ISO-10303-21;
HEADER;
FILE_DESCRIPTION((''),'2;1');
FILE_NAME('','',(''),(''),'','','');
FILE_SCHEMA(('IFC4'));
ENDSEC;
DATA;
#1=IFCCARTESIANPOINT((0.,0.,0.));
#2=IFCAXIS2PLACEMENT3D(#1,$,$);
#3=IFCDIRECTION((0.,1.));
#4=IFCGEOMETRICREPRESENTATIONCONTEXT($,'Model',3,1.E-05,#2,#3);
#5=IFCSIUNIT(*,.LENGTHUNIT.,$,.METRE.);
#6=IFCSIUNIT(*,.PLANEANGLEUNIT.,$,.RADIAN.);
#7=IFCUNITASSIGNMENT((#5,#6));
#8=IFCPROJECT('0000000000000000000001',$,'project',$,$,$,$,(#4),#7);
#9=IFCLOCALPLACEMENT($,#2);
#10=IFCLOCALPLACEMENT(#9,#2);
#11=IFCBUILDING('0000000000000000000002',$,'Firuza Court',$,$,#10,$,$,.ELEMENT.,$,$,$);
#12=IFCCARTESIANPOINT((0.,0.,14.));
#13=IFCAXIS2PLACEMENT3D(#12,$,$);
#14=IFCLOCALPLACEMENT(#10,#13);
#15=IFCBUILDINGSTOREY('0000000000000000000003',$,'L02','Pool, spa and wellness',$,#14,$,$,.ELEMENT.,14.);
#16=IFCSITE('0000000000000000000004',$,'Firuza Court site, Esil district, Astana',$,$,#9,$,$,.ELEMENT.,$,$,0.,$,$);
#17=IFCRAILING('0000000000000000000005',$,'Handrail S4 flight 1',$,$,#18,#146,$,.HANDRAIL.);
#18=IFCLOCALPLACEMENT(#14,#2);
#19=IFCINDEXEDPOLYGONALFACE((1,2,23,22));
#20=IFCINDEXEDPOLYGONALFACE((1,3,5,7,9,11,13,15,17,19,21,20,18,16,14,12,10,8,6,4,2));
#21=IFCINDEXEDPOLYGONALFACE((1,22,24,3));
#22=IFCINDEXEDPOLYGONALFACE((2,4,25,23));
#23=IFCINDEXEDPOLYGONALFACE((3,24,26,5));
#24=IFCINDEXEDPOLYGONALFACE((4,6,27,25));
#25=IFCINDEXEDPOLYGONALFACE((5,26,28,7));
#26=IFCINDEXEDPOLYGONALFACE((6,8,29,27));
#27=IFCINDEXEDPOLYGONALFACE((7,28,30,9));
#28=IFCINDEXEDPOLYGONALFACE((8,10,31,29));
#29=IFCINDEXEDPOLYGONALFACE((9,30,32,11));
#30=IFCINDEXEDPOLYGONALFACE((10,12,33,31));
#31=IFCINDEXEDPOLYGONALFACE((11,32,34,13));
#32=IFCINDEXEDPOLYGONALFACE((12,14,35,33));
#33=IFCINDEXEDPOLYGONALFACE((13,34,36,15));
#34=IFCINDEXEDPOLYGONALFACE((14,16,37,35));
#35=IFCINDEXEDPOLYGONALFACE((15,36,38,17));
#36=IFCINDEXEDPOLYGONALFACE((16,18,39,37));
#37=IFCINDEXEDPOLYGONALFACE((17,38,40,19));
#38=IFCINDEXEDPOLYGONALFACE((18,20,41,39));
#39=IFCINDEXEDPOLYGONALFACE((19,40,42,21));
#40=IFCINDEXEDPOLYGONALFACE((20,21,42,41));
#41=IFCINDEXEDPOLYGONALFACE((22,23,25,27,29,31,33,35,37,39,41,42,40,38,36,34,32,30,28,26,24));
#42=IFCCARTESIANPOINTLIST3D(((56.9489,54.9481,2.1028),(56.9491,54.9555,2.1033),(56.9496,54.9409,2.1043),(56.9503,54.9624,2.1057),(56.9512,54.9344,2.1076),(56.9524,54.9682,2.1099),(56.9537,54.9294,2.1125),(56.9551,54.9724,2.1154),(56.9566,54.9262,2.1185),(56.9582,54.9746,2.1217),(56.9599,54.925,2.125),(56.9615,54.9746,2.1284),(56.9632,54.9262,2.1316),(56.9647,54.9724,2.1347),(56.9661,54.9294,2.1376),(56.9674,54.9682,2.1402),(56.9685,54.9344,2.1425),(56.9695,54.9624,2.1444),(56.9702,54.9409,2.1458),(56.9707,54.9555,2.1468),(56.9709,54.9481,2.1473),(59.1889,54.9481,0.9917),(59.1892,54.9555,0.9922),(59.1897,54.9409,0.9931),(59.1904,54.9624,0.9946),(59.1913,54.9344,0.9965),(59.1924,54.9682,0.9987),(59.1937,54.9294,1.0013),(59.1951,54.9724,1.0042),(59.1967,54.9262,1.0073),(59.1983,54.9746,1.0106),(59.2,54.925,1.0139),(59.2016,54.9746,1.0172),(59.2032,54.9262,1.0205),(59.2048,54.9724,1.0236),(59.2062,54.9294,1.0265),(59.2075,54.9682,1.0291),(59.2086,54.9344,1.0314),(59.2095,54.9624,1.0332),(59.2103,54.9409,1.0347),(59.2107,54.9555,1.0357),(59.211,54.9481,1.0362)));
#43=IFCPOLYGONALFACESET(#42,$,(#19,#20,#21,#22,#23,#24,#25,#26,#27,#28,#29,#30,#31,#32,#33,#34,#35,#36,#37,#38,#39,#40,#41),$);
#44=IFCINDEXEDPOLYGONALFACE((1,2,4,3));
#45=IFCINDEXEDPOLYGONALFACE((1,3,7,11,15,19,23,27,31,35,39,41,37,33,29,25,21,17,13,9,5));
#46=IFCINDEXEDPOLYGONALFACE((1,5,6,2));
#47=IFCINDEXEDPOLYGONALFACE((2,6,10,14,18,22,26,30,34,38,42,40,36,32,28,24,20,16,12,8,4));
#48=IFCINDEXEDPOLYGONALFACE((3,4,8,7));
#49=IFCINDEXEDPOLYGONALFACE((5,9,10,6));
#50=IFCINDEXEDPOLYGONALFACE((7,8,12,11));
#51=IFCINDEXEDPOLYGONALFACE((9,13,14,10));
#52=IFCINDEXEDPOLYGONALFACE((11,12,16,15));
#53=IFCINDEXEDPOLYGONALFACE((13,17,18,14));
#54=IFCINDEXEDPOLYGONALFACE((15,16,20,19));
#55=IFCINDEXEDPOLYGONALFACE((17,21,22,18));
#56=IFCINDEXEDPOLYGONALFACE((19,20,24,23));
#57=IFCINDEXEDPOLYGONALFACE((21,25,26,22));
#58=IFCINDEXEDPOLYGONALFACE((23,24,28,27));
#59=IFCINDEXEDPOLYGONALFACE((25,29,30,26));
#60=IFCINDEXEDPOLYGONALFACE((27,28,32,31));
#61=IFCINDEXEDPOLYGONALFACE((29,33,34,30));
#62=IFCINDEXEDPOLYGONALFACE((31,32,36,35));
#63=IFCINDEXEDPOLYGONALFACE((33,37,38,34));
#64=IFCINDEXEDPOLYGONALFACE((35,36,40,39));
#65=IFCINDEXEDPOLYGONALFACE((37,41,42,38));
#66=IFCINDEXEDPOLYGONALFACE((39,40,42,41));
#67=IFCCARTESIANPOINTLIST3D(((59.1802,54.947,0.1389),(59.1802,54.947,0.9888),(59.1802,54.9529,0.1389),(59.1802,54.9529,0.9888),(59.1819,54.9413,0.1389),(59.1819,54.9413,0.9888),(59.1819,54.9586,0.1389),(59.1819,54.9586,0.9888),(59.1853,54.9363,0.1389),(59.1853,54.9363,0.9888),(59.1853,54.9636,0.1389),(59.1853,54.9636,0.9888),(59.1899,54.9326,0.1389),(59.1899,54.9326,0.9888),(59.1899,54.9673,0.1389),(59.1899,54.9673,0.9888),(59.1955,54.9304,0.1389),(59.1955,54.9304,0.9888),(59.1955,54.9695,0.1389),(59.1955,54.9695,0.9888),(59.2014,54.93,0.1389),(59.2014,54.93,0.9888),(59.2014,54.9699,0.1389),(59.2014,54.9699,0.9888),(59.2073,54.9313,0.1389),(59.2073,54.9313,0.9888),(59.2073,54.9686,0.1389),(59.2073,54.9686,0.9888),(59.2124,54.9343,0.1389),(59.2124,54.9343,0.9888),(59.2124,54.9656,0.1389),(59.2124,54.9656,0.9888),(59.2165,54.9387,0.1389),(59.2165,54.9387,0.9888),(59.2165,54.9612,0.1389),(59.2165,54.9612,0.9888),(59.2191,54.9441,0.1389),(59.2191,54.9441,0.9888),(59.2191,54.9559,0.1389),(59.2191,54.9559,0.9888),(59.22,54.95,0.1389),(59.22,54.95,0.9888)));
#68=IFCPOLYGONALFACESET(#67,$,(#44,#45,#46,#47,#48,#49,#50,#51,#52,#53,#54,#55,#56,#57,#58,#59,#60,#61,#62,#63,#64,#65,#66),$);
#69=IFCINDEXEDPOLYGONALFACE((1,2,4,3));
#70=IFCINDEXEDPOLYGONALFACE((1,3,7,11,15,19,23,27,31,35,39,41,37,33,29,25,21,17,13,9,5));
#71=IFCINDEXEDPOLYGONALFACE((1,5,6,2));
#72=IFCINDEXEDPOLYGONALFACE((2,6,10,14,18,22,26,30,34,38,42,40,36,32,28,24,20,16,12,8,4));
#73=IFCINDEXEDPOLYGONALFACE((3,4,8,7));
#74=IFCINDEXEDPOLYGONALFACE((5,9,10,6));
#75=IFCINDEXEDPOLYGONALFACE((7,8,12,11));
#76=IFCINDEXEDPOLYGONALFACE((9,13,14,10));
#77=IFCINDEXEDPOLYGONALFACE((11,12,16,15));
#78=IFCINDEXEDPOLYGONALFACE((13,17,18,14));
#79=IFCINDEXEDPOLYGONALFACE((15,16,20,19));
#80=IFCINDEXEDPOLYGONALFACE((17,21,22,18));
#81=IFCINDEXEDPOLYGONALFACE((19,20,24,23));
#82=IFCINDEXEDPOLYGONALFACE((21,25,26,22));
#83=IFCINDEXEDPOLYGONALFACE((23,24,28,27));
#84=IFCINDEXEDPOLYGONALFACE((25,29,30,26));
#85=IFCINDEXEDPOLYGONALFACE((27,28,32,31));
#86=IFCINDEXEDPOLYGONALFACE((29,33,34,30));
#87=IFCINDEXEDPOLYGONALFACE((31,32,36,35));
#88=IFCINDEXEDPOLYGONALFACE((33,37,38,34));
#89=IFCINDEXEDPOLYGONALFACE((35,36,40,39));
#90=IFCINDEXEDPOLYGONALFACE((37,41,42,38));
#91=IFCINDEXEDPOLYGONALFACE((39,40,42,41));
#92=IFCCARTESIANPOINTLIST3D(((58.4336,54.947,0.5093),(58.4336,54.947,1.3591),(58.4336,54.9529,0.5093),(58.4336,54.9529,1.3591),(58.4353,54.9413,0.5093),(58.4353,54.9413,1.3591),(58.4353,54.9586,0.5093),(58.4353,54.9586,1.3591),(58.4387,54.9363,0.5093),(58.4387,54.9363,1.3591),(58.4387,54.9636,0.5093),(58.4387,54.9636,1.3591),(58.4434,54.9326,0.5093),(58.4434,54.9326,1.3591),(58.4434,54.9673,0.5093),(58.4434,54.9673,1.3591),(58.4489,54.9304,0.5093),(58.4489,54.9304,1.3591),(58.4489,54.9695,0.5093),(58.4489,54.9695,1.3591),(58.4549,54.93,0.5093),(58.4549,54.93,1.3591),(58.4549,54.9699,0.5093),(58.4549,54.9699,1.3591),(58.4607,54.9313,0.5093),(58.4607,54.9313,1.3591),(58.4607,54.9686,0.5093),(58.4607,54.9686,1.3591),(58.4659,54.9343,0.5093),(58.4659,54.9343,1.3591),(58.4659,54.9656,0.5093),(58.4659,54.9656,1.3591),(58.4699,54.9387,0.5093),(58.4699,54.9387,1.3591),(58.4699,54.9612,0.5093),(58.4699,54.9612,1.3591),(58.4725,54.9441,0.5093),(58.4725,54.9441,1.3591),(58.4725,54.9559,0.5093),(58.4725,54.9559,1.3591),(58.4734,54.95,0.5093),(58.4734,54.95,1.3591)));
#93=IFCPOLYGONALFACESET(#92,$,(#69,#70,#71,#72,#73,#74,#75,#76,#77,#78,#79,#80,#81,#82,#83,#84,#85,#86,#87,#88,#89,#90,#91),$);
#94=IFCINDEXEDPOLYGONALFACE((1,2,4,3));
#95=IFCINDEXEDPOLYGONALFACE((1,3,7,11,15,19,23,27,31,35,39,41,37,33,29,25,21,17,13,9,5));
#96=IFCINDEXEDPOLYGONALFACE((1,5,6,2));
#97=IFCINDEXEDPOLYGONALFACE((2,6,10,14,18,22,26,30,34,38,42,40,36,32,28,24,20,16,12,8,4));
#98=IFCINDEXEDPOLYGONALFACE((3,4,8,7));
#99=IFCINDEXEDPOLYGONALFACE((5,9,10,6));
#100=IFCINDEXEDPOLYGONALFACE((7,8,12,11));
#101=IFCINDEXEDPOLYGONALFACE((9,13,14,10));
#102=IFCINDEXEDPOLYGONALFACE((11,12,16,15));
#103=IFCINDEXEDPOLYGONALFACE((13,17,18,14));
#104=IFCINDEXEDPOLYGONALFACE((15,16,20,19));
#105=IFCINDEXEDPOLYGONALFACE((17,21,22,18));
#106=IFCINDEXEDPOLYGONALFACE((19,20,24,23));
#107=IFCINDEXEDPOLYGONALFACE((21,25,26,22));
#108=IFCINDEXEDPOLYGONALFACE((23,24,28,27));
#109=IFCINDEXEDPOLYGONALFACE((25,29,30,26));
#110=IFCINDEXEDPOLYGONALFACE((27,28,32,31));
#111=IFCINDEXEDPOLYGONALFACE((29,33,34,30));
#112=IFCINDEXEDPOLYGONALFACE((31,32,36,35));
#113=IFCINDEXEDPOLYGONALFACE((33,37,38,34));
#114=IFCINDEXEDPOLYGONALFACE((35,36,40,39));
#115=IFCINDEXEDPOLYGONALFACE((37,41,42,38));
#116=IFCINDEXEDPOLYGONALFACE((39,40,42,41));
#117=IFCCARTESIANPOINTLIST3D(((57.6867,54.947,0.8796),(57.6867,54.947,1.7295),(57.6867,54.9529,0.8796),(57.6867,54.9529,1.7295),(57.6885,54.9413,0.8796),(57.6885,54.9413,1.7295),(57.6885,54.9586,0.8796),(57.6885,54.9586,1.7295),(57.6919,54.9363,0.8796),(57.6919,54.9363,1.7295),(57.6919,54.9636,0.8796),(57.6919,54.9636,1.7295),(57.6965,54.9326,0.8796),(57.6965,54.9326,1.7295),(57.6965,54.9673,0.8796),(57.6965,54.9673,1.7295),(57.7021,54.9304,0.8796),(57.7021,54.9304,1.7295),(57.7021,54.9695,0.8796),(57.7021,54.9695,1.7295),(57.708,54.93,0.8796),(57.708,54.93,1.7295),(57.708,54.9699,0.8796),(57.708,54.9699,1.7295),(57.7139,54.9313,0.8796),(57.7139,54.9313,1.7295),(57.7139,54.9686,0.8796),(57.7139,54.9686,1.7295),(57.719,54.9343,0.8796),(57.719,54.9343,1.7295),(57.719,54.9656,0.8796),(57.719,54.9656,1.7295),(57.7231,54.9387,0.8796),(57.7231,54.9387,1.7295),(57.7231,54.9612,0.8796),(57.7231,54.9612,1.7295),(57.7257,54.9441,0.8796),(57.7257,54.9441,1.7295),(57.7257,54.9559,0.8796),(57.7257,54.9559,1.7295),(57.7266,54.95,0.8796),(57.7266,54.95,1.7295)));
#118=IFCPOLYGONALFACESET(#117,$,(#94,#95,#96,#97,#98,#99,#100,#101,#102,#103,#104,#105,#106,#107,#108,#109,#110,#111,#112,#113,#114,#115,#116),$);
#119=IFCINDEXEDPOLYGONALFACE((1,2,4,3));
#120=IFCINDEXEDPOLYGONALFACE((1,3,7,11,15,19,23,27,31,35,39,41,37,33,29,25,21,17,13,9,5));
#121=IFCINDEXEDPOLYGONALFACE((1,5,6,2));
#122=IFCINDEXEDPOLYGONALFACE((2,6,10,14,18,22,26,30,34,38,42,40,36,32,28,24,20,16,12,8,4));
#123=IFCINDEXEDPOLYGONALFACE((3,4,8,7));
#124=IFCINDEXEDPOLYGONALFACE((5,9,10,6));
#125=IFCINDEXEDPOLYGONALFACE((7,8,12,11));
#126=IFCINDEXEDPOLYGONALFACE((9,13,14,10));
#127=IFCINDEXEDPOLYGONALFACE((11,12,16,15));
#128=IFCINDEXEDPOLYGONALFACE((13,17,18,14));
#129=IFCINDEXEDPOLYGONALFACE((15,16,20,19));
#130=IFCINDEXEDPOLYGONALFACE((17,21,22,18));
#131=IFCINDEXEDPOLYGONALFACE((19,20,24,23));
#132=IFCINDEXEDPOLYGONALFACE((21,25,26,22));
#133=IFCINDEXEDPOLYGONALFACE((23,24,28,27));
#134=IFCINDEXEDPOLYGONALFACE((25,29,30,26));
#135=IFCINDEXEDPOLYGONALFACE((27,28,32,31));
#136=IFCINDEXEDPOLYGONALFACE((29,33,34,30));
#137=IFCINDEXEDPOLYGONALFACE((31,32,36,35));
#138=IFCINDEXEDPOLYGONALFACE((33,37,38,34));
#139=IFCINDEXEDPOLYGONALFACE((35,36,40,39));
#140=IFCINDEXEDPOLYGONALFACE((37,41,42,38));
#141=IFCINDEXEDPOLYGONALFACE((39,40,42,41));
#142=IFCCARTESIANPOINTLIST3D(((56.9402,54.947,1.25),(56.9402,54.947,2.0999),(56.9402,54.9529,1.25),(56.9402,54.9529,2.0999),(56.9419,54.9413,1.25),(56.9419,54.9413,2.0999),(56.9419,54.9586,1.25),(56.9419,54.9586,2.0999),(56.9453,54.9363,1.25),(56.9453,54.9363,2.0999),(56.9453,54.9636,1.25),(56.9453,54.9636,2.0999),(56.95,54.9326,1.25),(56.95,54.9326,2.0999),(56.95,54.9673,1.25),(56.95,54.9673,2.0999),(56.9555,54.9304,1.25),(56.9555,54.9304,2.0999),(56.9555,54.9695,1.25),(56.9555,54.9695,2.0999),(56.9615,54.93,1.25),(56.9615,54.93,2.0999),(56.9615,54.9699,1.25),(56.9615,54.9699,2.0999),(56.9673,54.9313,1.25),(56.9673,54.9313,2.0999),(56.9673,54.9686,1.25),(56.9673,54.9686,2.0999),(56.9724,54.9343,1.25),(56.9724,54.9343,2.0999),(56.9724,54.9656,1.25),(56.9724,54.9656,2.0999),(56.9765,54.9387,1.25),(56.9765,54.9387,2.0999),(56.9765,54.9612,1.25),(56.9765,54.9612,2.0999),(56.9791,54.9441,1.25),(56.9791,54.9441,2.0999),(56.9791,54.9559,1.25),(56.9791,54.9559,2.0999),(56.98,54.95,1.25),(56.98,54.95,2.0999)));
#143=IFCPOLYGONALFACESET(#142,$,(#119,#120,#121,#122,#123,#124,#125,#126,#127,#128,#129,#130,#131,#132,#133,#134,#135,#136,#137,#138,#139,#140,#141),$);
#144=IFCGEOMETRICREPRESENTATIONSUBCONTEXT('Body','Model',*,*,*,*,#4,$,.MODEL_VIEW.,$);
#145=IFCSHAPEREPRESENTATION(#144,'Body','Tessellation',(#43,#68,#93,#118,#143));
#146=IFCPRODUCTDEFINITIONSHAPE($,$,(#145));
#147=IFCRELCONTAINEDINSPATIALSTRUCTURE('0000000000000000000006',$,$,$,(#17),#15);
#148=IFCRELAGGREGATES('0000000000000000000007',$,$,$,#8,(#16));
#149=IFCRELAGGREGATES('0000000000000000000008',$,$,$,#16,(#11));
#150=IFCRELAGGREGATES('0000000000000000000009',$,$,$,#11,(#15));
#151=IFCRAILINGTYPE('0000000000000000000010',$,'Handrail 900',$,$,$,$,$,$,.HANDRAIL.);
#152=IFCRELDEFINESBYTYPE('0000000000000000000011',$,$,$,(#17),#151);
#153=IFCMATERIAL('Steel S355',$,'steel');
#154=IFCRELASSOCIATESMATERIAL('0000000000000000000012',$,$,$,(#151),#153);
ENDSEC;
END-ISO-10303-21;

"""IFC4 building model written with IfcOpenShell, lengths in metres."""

from ifc_helpers import new_model, si_unit, direction, frame, origin, origin_2d, place, context, subcontext, project, spatial, circle, extrude, material, type_object, element, save


model = new_model("IFC4")

# Units and contexts
model_context = context("Model", 3, precision=1e-05, world=origin(), true_north=direction((0.0, 1.0)))
body_context = subcontext(model_context, "Body", "Model", "MODEL_VIEW")
ifc_project = project(units=[si_unit("LENGTHUNIT", "METRE"), si_unit("PLANEANGLEUNIT", "RADIAN")], contexts=[model_context])

# Site, building, storey
site_placement = place(None, origin())
site = spatial("IfcSite", under=ifc_project, at=site_placement, Name="Firuza Court site, Esil district, Astana", CompositionType="ELEMENT", RefElevation=0.0)
building_placement = place(site_placement, origin())
building = spatial("IfcBuilding", under=site, at=building_placement, Name="Firuza Court", CompositionType="ELEMENT")
storey_placement = place(building_placement, frame((0.0, 0.0, 14.0)))
storey = spatial("IfcBuildingStorey", under=building, at=storey_placement, Name="L02", Description="Pool, spa and wellness", CompositionType="ELEMENT", Elevation=14.0)

# Railing
ifc_material_1 = material(Name="Steel S355", Category="steel")
railing_type_1 = type_object("IfcRailingType", Name="Handrail 900", PredefinedType="HANDRAIL", material=ifc_material_1)
for number, where, name in (
    (1, (59.2, 54.95, 0.1389), "Handrail S4 flight 1"),
):
    element("IfcRailing", number, at=place(storey_placement, frame(where)), inside=storey, type_object=railing_type_1, Name=name, PredefinedType="HANDRAIL", context=body_context, shape_type="SweptSolid", body=[
        extrude(circle(Radius=0.0249, at=origin_2d()), frame((0.0, 0.0, 0.875), z_axis=(-0.895848, 0.0, 0.44436), x_axis=(0.0, -1.0, 0.0)), (0.0, 0.0, 1.0), 2.5005),
        extrude(circle(Radius=0.02, at=origin_2d()), origin(), (0.0, 0.0, 1.0), 0.8499),
        extrude(circle(Radius=0.02, at=origin_2d()), frame((-0.7466, 0.0, 0.3704)), (0.0, 0.0, 1.0), 0.8499),
        extrude(circle(Radius=0.02, at=origin_2d()), frame((-1.4934, 0.0, 0.7407)), (0.0, 0.0, 1.0), 0.8499),
        extrude(circle(Radius=0.02, at=origin_2d()), frame((-2.24, 0.0, 1.1111)), (0.0, 0.0, 1.0), 0.8499),
    ])

save(model, "model.ifc")
